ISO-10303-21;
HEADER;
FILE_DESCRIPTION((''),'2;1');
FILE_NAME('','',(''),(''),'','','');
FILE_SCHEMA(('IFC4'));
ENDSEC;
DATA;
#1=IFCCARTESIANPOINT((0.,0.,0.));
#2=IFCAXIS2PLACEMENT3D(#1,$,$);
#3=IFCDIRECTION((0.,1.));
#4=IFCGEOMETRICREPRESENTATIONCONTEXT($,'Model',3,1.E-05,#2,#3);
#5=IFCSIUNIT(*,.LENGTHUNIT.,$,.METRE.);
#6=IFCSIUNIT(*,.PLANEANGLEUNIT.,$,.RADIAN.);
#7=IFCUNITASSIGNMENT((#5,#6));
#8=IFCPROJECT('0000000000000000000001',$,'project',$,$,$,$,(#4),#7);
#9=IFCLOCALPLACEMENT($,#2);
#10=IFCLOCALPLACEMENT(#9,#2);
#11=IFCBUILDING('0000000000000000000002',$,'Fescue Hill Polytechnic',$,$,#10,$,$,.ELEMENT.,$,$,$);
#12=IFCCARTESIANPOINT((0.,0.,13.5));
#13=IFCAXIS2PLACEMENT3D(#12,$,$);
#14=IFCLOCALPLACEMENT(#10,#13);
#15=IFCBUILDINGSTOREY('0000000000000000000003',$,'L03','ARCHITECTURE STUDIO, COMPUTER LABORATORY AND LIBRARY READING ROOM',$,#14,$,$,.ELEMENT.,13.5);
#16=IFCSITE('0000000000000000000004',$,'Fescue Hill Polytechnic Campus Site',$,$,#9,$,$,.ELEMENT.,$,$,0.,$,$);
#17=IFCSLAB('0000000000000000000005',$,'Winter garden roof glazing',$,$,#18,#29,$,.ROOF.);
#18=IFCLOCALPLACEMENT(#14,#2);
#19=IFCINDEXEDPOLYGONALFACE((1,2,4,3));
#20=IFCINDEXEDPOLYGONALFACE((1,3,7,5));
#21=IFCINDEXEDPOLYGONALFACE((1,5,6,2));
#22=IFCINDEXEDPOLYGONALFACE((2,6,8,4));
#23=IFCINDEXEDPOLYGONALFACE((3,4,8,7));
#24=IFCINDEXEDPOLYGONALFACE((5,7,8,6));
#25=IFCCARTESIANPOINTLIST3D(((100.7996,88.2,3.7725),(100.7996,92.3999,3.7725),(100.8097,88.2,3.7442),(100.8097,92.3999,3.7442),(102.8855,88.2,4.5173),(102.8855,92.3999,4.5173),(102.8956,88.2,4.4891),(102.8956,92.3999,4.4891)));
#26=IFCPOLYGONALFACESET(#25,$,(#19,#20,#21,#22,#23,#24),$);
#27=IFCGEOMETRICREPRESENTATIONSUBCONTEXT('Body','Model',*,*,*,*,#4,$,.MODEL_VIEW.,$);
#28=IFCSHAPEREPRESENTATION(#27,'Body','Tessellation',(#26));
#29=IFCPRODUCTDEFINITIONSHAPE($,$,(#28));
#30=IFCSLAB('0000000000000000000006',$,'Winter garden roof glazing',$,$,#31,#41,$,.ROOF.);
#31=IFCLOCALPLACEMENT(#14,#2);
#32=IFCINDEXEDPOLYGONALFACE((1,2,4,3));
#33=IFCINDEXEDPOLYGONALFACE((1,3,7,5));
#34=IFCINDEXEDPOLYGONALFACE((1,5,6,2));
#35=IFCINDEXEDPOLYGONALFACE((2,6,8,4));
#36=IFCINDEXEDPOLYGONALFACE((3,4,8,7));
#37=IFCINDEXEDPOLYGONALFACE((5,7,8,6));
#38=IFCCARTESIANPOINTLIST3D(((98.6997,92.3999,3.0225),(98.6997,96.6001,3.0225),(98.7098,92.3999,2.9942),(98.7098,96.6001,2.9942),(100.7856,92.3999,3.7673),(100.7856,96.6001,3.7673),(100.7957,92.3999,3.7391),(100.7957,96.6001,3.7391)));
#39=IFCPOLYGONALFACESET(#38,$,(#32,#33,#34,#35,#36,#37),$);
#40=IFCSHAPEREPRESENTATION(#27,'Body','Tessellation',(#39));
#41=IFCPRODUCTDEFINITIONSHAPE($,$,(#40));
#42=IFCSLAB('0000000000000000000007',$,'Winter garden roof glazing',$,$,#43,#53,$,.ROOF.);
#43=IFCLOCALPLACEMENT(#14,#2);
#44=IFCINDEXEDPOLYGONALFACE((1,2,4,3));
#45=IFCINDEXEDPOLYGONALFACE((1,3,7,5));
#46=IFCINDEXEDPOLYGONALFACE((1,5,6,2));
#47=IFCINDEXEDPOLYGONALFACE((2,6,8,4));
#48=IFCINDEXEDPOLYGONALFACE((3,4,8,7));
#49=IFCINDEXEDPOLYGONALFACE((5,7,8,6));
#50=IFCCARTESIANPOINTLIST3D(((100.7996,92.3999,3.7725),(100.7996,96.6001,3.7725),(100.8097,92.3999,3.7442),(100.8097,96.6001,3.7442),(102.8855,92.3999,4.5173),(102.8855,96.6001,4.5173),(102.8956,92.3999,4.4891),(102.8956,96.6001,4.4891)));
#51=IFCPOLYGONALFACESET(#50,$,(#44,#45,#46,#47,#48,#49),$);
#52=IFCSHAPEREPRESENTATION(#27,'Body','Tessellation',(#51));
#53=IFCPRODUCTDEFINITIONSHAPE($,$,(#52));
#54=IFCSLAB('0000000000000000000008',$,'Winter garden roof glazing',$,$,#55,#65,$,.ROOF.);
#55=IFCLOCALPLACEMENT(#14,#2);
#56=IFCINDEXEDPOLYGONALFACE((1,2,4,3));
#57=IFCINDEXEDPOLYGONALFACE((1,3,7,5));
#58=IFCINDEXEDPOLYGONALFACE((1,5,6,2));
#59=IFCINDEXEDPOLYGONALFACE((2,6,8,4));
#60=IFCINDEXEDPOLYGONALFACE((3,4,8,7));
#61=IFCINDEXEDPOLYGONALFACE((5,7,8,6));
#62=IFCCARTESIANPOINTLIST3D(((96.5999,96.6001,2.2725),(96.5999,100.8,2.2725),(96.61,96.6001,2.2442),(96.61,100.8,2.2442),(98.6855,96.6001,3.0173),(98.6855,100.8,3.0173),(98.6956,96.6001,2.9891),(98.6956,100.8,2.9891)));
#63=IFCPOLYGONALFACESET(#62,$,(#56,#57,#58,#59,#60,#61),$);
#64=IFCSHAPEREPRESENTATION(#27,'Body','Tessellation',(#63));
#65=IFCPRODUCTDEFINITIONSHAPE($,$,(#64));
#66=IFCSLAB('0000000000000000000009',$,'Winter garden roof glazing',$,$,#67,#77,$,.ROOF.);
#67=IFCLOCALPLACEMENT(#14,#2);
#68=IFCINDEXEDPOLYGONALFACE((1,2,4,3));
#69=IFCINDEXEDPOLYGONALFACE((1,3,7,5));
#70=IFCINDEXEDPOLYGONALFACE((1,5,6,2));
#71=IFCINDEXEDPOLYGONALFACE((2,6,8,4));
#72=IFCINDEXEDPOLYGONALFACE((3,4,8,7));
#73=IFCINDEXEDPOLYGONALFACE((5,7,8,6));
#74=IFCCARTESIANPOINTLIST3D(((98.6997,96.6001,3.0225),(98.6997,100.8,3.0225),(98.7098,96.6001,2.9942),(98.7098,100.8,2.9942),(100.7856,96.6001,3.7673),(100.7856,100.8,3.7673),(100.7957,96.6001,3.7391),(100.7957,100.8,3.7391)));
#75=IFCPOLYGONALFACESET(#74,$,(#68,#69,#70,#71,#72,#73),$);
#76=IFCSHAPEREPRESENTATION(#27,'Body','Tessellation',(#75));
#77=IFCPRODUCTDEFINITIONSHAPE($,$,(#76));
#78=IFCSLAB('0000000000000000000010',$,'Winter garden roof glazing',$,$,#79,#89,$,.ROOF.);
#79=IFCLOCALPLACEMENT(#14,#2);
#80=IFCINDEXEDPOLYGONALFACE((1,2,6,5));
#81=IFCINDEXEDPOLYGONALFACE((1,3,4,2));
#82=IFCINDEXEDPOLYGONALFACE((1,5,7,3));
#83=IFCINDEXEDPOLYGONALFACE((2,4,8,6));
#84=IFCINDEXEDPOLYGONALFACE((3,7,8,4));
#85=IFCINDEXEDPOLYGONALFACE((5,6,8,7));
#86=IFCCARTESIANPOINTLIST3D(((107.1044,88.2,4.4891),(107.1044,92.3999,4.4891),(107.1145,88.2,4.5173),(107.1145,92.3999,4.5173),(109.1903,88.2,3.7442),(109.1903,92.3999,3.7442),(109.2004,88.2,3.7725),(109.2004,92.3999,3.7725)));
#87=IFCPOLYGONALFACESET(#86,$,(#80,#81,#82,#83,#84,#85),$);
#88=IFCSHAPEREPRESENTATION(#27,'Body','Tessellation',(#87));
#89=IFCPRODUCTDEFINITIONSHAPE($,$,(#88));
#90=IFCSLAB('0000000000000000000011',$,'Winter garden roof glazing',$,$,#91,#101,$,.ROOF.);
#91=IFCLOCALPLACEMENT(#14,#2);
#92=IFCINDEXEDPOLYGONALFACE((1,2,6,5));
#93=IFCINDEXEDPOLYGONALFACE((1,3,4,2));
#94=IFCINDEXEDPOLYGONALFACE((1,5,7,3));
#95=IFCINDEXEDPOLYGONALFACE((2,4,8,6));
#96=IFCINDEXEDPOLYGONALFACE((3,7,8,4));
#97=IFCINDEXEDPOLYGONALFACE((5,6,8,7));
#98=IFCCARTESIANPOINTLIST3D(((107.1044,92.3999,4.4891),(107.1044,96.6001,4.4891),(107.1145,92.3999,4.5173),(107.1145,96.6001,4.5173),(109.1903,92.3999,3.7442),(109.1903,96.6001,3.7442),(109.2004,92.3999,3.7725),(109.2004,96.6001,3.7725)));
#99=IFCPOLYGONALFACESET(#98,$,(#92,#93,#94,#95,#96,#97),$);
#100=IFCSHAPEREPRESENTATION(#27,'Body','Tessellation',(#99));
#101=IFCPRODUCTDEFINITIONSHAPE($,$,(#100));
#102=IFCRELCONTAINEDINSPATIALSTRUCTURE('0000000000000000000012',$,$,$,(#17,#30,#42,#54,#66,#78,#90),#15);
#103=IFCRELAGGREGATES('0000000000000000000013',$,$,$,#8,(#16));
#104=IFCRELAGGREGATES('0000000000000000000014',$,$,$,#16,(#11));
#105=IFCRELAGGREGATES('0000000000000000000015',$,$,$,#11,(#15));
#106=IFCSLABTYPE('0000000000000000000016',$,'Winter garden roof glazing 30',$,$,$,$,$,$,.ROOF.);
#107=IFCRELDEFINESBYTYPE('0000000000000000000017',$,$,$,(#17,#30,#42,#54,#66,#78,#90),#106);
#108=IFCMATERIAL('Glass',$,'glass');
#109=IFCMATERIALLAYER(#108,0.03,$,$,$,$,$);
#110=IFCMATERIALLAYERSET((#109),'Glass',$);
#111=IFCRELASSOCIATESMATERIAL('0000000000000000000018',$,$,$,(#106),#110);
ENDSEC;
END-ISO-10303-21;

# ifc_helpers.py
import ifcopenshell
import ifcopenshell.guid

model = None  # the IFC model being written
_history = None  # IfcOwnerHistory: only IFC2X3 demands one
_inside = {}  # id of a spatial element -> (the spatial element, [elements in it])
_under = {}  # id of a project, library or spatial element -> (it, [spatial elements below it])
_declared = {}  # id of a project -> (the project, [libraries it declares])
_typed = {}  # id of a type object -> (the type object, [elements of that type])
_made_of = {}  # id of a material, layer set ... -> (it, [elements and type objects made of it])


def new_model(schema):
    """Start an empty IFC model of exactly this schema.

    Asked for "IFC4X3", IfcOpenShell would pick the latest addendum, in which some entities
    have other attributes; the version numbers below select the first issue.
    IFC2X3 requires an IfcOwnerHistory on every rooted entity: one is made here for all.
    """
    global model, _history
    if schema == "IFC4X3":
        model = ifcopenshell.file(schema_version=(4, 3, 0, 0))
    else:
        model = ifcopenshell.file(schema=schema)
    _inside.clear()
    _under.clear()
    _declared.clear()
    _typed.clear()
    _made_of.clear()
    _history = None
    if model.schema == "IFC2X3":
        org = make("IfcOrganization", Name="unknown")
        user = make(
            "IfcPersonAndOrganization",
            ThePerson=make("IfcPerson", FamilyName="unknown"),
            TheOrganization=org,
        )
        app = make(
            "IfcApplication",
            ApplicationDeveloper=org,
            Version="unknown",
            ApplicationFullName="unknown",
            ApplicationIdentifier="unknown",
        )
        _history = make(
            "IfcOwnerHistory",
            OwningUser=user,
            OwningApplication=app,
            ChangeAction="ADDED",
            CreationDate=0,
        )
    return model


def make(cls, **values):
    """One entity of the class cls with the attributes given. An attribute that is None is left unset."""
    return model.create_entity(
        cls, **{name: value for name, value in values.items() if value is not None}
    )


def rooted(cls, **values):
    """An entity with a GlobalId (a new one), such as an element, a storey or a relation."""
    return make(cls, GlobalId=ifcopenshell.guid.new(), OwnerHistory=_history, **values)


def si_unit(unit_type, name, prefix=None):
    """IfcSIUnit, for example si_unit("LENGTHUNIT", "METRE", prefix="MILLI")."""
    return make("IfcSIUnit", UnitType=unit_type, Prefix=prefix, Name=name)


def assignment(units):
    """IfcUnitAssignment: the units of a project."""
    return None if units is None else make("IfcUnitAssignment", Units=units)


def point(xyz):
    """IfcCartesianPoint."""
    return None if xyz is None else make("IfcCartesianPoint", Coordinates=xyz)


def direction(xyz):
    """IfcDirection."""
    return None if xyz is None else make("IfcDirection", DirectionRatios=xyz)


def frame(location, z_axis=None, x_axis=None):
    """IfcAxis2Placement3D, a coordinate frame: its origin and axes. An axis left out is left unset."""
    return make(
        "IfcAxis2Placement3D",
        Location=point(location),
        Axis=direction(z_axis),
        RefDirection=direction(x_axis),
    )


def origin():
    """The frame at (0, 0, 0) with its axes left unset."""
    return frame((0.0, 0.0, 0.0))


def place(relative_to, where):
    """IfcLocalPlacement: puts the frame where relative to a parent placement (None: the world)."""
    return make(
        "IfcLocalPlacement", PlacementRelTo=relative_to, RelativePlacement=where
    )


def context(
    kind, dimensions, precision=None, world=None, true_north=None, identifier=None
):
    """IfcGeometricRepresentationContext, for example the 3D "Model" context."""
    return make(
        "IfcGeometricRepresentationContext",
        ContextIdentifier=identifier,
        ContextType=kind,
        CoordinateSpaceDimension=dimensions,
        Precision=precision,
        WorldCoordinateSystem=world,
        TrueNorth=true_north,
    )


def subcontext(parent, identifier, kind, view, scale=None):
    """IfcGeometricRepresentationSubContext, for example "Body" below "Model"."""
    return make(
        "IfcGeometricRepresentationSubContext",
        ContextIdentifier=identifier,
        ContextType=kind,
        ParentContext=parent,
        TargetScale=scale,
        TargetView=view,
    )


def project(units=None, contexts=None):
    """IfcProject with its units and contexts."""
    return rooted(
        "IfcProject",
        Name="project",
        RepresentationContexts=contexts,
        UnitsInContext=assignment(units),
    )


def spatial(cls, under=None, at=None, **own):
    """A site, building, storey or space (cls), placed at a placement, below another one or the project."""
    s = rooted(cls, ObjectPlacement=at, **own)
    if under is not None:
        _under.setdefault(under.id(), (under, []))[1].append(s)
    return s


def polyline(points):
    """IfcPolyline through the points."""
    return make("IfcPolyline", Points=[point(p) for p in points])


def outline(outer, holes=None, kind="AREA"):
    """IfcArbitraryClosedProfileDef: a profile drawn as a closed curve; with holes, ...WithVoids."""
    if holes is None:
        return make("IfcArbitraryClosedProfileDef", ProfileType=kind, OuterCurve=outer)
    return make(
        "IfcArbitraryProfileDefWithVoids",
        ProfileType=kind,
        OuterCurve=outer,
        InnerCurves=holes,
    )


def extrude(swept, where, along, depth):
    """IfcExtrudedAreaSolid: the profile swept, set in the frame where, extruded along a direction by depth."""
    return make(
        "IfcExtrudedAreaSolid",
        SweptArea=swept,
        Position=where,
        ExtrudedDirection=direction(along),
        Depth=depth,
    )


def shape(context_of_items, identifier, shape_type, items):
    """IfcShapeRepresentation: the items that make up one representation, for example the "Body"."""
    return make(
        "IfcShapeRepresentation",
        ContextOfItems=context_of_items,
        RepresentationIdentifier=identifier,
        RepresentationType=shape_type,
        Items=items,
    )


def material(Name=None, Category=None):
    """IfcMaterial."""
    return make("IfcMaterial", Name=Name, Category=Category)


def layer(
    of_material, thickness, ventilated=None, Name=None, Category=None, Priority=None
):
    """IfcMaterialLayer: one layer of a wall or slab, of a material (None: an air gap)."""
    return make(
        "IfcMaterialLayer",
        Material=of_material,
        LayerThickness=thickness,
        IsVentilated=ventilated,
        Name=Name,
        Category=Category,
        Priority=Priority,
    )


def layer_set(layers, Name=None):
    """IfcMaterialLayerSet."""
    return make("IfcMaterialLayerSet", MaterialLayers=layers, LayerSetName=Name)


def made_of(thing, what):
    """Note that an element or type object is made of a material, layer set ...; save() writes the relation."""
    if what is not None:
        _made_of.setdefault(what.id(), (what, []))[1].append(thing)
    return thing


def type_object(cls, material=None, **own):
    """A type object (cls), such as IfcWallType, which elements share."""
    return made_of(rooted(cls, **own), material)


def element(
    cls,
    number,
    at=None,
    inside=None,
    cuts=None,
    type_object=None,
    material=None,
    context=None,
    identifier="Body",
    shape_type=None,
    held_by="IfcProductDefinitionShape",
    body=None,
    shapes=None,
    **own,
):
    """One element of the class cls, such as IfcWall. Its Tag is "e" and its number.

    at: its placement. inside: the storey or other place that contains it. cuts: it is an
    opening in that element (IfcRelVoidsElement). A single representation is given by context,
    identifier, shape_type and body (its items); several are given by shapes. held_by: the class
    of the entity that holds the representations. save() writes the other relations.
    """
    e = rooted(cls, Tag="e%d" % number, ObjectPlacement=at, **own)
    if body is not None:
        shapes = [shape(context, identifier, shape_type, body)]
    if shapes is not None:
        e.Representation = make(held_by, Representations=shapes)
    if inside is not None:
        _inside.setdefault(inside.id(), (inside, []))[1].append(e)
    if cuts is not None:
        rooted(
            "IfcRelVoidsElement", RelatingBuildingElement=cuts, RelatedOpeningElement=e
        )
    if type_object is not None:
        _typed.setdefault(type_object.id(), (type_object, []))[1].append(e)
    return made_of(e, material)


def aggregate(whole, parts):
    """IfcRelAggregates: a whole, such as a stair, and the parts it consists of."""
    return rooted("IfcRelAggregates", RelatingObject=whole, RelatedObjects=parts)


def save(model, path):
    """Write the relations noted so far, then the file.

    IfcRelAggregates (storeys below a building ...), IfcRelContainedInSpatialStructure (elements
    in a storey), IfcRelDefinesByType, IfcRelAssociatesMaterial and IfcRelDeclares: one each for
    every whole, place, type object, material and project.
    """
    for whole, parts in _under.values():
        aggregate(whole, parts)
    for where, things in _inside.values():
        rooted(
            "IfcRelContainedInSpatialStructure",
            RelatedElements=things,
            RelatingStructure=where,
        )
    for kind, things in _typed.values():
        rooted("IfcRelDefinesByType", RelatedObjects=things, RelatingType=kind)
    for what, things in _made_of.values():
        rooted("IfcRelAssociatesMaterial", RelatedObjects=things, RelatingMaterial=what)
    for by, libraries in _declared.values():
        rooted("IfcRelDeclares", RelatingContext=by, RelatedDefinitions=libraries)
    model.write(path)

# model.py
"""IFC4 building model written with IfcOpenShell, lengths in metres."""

from ifc_helpers import new_model, si_unit, direction, frame, origin, place, context, subcontext, project, spatial, polyline, outline, extrude, material, layer, layer_set, type_object, element, save


model = new_model("IFC4")

# Units and contexts
model_context = context("Model", 3, precision=1e-05, world=origin(), true_north=direction((0.0, 1.0)))
body_context = subcontext(model_context, "Body", "Model", "MODEL_VIEW")
ifc_project = project(units=[si_unit("LENGTHUNIT", "METRE"), si_unit("PLANEANGLEUNIT", "RADIAN")], contexts=[model_context])

# Site, building, storey
site_placement = place(None, origin())
site = spatial("IfcSite", under=ifc_project, at=site_placement, Name="Fescue Hill Polytechnic Campus Site", CompositionType="ELEMENT", RefElevation=0.0)
building_placement = place(site_placement, origin())
building = spatial("IfcBuilding", under=site, at=building_placement, Name="Fescue Hill Polytechnic", CompositionType="ELEMENT")
storey_placement = place(building_placement, frame((0.0, 0.0, 13.5)))
storey = spatial("IfcBuildingStorey", under=building, at=storey_placement, Name="L03", Description="ARCHITECTURE STUDIO, COMPUTER LABORATORY AND LIBRARY READING ROOM", CompositionType="ELEMENT", Elevation=13.5)

# Slabs
ifc_material_1 = material(Name="Glass", Category="glass")
ifc_layer = layer(ifc_material_1, 0.03)
ifc_layer_set = layer_set([ifc_layer], Name="Glass")
slab_type = type_object("IfcSlabType", Name="Winter garden roof glazing 30", PredefinedType="ROOF", material=ifc_layer_set)
for number, where, z_axis, x_axis, name in (
    (1, (100.7996, 88.2, 3.7725), (-0.336295, 0.0, 0.941757), (0.0, 1.0, 0.0), "Winter garden roof glazing"),
):
    element("IfcSlab", number, at=place(storey_placement, frame(where, z_axis=z_axis, x_axis=x_axis)), inside=storey, type_object=slab_type, Name=name, PredefinedType="ROOF", context=body_context, shape_type="SweptSolid", body=[
        extrude(outline(polyline([(0.0, 0.0), (4.2, 0.0), (4.2, -2.2149), (0.0, -2.2149), (0.0, 0.0)])), origin(), (0.0, 0.0, -1.0), 0.03),
    ])
for number, where, z_axis, x_axis, name in (
    (2, (98.6997, 92.3999, 3.0225), (-0.336295, 0.0, 0.941757), (0.0, 1.0, 0.0), "Winter garden roof glazing"),
    (3, (100.7996, 92.3999, 3.7725), (-0.336295, 0.0, 0.941757), (0.0, 1.0, 0.0), "Winter garden roof glazing"),
):
    element("IfcSlab", number, at=place(storey_placement, frame(where, z_axis=z_axis, x_axis=x_axis)), inside=storey, type_object=slab_type, Name=name, PredefinedType="ROOF", context=body_context, shape_type="SweptSolid", body=[
        extrude(outline(polyline([(0.0, 0.0), (4.2002, 0.0), (4.2002, -2.2149), (0.0, -2.2149), (0.0, 0.0)])), origin(), (0.0, 0.0, -1.0), 0.03),
    ])
slab_1_placement = place(storey_placement, frame((96.5999, 96.6001, 2.2725), z_axis=(-0.336329, 0.0, 0.941744), x_axis=(0.0, 1.0, 0.0)))
element("IfcSlab", 4, at=slab_1_placement, inside=storey, type_object=slab_type, Name="Winter garden roof glazing", PredefinedType="ROOF", context=body_context, shape_type="SweptSolid", body=[
    extrude(outline(polyline([(0.0, 0.0), (4.2, 0.0), (4.2, -2.2147), (0.0, -2.2147), (0.0, 0.0)])), origin(), (0.0, 0.0, -1.0), 0.03),
])
slab_2_placement = place(storey_placement, frame((98.6997, 96.6001, 3.0225), z_axis=(-0.336295, 0.0, 0.941757), x_axis=(0.0, 1.0, 0.0)))
element("IfcSlab", 5, at=slab_2_placement, inside=storey, type_object=slab_type, Name="Winter garden roof glazing", PredefinedType="ROOF", context=body_context, shape_type="SweptSolid", body=[
    extrude(outline(polyline([(0.0, 0.0), (4.2, 0.0), (4.2, -2.2149), (0.0, -2.2149), (0.0, 0.0)])), origin(), (0.0, 0.0, -1.0), 0.03),
])
slab_3_placement = place(storey_placement, frame((109.2004, 88.2, 3.7725), z_axis=(0.336295, 0.0, 0.941757), x_axis=(0.0, 1.0, 0.0)))
element("IfcSlab", 6, at=slab_3_placement, inside=storey, type_object=slab_type, Name="Winter garden roof glazing", PredefinedType="ROOF", context=body_context, shape_type="SweptSolid", body=[
    extrude(outline(polyline([(0.0, 0.0), (4.2, 0.0), (4.2, 2.2149), (0.0, 2.2149), (0.0, 0.0)])), origin(), (0.0, 0.0, -1.0), 0.03),
])
slab_4_placement = place(storey_placement, frame((109.2004, 92.3999, 3.7725), z_axis=(0.336295, 0.0, 0.941757), x_axis=(0.0, 1.0, 0.0)))
element("IfcSlab", 7, at=slab_4_placement, inside=storey, type_object=slab_type, Name="Winter garden roof glazing", PredefinedType="ROOF", context=body_context, shape_type="SweptSolid", body=[
    extrude(outline(polyline([(0.0, 0.0), (4.2002, 0.0), (4.2002, 2.2149), (0.0, 2.2149), (0.0, 0.0)])), origin(), (0.0, 0.0, -1.0), 0.03),
])

save(model, "model.ifc")
